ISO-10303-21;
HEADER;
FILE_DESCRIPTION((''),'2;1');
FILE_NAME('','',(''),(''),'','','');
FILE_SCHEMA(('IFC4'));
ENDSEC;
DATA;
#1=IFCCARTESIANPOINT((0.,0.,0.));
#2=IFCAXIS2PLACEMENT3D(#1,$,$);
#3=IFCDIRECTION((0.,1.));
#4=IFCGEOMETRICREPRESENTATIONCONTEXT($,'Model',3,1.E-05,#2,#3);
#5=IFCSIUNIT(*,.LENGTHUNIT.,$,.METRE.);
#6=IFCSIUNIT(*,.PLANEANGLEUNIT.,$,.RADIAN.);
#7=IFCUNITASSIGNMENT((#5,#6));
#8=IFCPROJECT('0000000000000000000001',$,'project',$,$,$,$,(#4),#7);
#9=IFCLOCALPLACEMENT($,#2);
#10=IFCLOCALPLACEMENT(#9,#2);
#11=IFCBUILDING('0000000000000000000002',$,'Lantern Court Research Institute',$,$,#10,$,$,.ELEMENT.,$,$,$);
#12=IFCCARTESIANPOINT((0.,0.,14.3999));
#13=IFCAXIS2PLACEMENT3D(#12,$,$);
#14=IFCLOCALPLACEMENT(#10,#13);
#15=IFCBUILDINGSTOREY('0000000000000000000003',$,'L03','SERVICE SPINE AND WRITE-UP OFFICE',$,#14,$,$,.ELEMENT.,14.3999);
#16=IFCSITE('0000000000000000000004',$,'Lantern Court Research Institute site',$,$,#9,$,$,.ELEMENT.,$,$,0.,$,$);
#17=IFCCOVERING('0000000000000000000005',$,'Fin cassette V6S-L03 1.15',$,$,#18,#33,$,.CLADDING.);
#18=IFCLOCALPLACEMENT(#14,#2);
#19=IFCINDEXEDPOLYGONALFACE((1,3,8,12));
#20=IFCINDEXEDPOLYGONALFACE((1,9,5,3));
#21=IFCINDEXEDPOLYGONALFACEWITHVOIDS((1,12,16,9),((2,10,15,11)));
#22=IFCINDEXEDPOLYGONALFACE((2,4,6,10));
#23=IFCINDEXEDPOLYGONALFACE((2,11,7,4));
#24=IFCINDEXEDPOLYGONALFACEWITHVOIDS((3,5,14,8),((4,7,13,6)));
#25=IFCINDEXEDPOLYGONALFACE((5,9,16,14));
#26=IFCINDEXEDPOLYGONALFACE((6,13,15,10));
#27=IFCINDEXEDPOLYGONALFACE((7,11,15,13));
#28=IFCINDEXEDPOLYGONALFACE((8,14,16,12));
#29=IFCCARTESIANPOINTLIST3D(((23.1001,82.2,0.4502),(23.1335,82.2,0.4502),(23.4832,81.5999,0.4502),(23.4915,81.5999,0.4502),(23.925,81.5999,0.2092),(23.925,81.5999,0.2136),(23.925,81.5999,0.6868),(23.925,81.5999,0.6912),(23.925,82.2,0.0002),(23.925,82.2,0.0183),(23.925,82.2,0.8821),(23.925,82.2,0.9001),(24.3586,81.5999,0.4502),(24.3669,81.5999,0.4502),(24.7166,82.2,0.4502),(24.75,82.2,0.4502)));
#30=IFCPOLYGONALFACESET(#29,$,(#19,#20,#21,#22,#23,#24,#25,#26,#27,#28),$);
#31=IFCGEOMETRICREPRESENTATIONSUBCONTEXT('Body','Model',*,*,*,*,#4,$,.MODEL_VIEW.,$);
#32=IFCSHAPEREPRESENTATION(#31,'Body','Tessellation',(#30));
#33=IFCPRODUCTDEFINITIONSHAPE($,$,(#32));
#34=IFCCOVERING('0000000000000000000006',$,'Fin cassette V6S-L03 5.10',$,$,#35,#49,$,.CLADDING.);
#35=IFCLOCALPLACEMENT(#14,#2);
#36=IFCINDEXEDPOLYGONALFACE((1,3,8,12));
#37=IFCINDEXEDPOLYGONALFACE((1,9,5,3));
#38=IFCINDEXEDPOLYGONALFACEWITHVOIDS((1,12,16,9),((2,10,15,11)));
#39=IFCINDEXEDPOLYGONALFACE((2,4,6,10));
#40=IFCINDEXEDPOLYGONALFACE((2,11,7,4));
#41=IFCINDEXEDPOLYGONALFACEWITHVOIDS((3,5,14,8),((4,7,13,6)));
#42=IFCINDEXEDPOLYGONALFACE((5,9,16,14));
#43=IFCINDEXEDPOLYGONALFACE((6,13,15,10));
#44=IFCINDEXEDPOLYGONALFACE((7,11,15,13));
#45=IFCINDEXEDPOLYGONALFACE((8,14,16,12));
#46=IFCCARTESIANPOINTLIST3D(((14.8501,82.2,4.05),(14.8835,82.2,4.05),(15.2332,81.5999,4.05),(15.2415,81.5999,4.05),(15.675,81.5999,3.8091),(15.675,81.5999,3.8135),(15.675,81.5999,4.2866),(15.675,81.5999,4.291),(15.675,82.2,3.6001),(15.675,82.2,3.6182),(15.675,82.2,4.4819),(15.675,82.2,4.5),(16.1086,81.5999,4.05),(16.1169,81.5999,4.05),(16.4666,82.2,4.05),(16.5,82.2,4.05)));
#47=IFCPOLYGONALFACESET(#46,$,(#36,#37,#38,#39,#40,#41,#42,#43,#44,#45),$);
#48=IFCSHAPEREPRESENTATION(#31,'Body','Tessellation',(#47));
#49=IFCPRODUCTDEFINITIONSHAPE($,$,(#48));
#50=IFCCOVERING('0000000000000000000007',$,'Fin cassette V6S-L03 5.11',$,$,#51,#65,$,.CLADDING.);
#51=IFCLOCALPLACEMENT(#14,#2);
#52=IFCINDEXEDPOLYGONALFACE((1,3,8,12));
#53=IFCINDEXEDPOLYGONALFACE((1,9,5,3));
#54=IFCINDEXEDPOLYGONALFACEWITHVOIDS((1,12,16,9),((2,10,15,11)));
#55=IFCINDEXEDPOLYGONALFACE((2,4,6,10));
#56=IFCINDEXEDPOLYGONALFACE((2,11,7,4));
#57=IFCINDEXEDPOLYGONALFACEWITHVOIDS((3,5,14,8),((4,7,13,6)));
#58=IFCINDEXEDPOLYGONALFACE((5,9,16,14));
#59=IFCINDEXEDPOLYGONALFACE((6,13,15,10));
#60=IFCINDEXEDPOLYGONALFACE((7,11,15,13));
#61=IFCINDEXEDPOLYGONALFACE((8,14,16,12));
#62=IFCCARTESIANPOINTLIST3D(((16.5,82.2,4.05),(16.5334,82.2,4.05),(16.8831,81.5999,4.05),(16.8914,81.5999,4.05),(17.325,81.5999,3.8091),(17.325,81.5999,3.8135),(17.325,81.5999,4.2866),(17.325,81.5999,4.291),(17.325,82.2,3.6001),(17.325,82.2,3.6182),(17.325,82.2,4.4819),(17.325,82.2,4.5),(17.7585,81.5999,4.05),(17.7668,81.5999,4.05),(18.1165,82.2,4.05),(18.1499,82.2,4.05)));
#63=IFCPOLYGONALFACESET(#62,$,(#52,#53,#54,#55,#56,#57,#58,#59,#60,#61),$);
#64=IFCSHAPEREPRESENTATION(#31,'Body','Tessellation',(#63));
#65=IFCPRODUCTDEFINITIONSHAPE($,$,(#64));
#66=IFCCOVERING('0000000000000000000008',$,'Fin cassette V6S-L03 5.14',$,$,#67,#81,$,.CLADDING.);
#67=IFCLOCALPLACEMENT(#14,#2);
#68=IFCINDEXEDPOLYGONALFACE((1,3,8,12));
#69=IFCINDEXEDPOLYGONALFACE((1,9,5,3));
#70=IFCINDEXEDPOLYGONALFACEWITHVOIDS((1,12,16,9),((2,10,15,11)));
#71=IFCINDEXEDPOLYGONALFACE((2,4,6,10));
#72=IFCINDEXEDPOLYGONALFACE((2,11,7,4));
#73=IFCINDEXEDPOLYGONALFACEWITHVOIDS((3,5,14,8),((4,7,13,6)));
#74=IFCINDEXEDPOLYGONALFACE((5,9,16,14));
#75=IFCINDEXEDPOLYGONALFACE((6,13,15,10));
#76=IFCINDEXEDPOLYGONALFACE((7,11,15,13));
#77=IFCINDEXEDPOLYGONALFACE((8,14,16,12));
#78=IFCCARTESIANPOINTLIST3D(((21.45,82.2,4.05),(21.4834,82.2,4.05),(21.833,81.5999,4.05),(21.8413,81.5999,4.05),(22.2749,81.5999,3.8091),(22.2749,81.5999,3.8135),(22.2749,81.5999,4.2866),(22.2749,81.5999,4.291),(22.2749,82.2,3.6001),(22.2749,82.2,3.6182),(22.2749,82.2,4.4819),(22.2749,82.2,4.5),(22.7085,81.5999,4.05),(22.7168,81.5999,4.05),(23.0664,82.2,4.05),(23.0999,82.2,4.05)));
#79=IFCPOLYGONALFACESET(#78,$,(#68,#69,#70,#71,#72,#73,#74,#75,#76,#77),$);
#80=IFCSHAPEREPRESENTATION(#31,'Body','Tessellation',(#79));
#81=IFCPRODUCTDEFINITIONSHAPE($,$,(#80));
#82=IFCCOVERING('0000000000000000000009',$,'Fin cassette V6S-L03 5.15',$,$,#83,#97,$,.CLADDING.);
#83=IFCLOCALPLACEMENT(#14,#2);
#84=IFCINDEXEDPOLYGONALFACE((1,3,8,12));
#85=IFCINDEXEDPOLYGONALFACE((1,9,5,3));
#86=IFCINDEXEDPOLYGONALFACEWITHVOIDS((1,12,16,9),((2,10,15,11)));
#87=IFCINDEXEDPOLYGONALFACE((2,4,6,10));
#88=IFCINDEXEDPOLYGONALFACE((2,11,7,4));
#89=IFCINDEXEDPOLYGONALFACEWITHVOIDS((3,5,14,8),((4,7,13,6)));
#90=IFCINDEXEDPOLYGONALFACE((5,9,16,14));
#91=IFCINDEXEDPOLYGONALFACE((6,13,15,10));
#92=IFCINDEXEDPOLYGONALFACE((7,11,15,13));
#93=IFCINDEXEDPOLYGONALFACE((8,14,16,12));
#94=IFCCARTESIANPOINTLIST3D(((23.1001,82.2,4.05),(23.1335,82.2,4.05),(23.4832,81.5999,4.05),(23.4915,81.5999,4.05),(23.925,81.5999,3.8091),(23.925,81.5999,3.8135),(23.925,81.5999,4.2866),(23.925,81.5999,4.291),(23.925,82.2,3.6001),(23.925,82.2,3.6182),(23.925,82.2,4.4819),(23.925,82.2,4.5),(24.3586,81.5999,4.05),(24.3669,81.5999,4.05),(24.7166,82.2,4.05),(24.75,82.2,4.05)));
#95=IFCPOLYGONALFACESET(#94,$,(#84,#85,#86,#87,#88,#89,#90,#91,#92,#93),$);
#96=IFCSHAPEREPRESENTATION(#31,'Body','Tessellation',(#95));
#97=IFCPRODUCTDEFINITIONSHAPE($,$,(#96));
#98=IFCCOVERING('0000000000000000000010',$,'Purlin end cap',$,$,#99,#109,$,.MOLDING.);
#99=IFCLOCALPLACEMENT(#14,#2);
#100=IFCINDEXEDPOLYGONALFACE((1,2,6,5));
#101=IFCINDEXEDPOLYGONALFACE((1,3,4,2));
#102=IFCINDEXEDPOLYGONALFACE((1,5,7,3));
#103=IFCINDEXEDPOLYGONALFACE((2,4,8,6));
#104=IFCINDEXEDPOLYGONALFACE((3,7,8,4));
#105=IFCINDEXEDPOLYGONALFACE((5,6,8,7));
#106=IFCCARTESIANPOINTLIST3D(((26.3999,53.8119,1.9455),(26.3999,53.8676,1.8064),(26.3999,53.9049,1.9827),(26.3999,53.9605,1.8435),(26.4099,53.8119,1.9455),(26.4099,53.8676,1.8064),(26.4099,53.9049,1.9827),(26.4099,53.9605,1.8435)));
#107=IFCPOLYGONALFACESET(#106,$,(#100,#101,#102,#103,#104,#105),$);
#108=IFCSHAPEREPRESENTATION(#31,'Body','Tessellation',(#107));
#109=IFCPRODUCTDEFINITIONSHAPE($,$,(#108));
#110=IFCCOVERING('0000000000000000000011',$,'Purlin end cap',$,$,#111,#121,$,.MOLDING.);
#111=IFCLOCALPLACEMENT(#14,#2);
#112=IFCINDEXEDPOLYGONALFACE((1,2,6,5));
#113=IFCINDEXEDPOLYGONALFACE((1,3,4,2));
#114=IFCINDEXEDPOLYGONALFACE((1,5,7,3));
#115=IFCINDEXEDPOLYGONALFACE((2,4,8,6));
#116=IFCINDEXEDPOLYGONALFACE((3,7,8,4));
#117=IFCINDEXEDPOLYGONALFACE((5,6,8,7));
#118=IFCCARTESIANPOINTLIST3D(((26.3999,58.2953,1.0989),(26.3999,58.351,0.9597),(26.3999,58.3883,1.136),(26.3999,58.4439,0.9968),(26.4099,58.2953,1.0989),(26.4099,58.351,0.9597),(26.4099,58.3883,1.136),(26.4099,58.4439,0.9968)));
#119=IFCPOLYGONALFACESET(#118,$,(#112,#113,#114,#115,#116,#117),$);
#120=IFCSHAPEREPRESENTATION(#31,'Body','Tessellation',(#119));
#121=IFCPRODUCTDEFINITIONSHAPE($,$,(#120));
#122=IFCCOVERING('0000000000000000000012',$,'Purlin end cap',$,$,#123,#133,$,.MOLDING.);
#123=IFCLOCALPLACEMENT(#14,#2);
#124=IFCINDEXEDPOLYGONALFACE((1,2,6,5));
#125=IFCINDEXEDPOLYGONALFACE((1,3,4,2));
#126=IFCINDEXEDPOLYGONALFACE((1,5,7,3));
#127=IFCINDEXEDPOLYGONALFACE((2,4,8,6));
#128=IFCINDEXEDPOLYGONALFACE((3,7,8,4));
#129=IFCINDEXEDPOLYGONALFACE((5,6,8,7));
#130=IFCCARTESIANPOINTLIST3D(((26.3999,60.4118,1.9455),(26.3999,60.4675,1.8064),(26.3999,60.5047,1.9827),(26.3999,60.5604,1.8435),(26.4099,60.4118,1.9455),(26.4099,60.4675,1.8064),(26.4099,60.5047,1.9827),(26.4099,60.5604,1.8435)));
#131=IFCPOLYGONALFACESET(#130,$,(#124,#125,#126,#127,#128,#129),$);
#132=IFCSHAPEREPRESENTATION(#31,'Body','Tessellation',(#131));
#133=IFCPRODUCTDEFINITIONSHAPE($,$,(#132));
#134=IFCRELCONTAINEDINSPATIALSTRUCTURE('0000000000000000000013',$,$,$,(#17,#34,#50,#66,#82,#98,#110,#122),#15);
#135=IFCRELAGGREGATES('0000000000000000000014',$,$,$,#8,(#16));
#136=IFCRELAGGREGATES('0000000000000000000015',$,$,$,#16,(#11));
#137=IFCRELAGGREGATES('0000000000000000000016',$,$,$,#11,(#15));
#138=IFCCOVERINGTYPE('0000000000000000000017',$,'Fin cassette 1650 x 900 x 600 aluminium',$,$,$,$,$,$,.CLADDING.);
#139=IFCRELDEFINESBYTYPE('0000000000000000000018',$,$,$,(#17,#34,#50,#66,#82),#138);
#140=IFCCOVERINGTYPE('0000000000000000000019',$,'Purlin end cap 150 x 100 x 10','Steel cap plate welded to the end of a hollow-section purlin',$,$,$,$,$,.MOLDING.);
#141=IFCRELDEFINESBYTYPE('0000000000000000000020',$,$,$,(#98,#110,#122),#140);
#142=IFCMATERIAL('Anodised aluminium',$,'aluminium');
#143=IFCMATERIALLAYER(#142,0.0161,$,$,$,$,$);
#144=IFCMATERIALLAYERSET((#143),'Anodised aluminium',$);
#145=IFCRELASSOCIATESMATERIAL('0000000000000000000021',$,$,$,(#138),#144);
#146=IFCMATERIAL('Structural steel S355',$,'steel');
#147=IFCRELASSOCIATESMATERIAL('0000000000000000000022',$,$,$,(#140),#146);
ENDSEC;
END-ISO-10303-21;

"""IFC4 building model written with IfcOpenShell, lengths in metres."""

from ifc_helpers import new_model, entity, si_unit, direction, frame, origin, place, context, subcontext, project, spatial, polyline, outline, extrude, material, layer, layer_set, material_profile, profile_set, type_object, element, save


model = new_model("IFC4")

# Units and contexts
model_context = context("Model", 3, precision=1e-05, world=origin(), true_north=direction((0.0, 1.0)))
body_context = subcontext(model_context, "Body", "Model", "MODEL_VIEW")
ifc_project = project(units=[si_unit("LENGTHUNIT", "METRE"), si_unit("PLANEANGLEUNIT", "RADIAN")], contexts=[model_context])

# Site, building, storey
site_placement = place(None, origin())
site = spatial("IfcSite", under=ifc_project, at=site_placement, Name="Lantern Court Research Institute site", CompositionType="ELEMENT", RefElevation=0.0)
building_placement = place(site_placement, origin())
building = spatial("IfcBuilding", under=site, at=building_placement, Name="Lantern Court Research Institute", CompositionType="ELEMENT")
storey_placement = place(building_placement, frame((0.0, 0.0, 14.3999)))
storey = spatial("IfcBuildingStorey", under=building, at=storey_placement, Name="L03", Description="SERVICE SPINE AND WRITE-UP OFFICE", CompositionType="ELEMENT", Elevation=14.3999)

# Coverings
ifc_material_1 = material(Name="Anodised aluminium", Category="aluminium")
ifc_layer_1 = layer(ifc_material_1, 0.0161)
ifc_layer_set_1 = layer_set([ifc_layer_1], Name="Anodised aluminium")
covering_type_1 = type_object("IfcCoveringType", Name="Fin cassette 1650 x 900 x 600 aluminium", PredefinedType="CLADDING", material=ifc_layer_set_1)
covering_1_placement = place(storey_placement, frame((23.925, 82.2, 0.4502), z_axis=(0.0, -1.0, 0.0), x_axis=(1.0, 0.0, 0.0)))
cartesian_point_1 = entity("IfcCartesianPoint", [0.825, 0.0])
cartesian_point_2 = entity("IfcCartesianPoint", [0.7915, 0.0])
cartesian_point_3 = entity("IfcCartesianPoint", [0.4419, 0.0])
cartesian_point_4 = entity("IfcCartesianPoint", [0.4336, 0.0])
element("IfcCovering", 1, at=covering_1_placement, inside=storey, type_object=covering_type_1, Name="Fin cassette V6S-L03 1.15", PredefinedType="CLADDING", context=body_context, shape_type="SweptSolid", body=[
    entity("IfcExtrudedAreaSolidTapered", entity("IfcArbitraryProfileDefWithVoids", "AREA", None, entity("IfcPolyline", [cartesian_point_1, entity("IfcCartesianPoint", [0.0, 0.45]), entity("IfcCartesianPoint", [-0.825, 0.0]), entity("IfcCartesianPoint", [0.0, -0.45]), cartesian_point_1]), [entity("IfcPolyline", [cartesian_point_2, entity("IfcCartesianPoint", [0.0, 0.4319]), entity("IfcCartesianPoint", [-0.7915, 0.0]), entity("IfcCartesianPoint", [0.0, -0.4319]), cartesian_point_2])]), entity("IfcAxis2Placement3D", entity("IfcCartesianPoint", [0.0, 0.0, 0.0])), entity("IfcDirection", [0.0, 0.0, 1.0]), 0.6001, entity("IfcArbitraryProfileDefWithVoids", "AREA", None, entity("IfcPolyline", [cartesian_point_3, entity("IfcCartesianPoint", [0.0, 0.241]), entity("IfcCartesianPoint", [-0.4419, 0.0]), entity("IfcCartesianPoint", [0.0, -0.241]), cartesian_point_3]), [entity("IfcPolyline", [cartesian_point_4, entity("IfcCartesianPoint", [0.0, 0.2366]), entity("IfcCartesianPoint", [-0.4336, 0.0]), entity("IfcCartesianPoint", [0.0, -0.2366]), cartesian_point_4])])),
])
covering_2_placement = place(storey_placement, frame((15.675, 82.2, 4.05), z_axis=(0.0, -1.0, 0.0), x_axis=(1.0, 0.0, 0.0)))
cartesian_point_5 = entity("IfcCartesianPoint", [0.825, 0.0])
cartesian_point_6 = entity("IfcCartesianPoint", [0.7915, 0.0])
cartesian_point_7 = entity("IfcCartesianPoint", [0.4419, 0.0])
cartesian_point_8 = entity("IfcCartesianPoint", [0.4336, 0.0])
element("IfcCovering", 2, at=covering_2_placement, inside=storey, type_object=covering_type_1, Name="Fin cassette V6S-L03 5.10", PredefinedType="CLADDING", context=body_context, shape_type="SweptSolid", body=[
    entity("IfcExtrudedAreaSolidTapered", entity("IfcArbitraryProfileDefWithVoids", "AREA", None, entity("IfcPolyline", [cartesian_point_5, entity("IfcCartesianPoint", [0.0, 0.45]), entity("IfcCartesianPoint", [-0.825, 0.0]), entity("IfcCartesianPoint", [0.0, -0.45]), cartesian_point_5]), [entity("IfcPolyline", [cartesian_point_6, entity("IfcCartesianPoint", [0.0, 0.4319]), entity("IfcCartesianPoint", [-0.7915, 0.0]), entity("IfcCartesianPoint", [0.0, -0.4319]), cartesian_point_6])]), entity("IfcAxis2Placement3D", entity("IfcCartesianPoint", [0.0, 0.0, 0.0])), entity("IfcDirection", [0.0, 0.0, 1.0]), 0.6001, entity("IfcArbitraryProfileDefWithVoids", "AREA", None, entity("IfcPolyline", [cartesian_point_7, entity("IfcCartesianPoint", [0.0, 0.241]), entity("IfcCartesianPoint", [-0.4419, 0.0]), entity("IfcCartesianPoint", [0.0, -0.241]), cartesian_point_7]), [entity("IfcPolyline", [cartesian_point_8, entity("IfcCartesianPoint", [0.0, 0.2366]), entity("IfcCartesianPoint", [-0.4336, 0.0]), entity("IfcCartesianPoint", [0.0, -0.2366]), cartesian_point_8])])),
])
covering_3_placement = place(storey_placement, frame((17.325, 82.2, 4.05), z_axis=(0.0, -1.0, 0.0), x_axis=(1.0, 0.0, 0.0)))
cartesian_point_9 = entity("IfcCartesianPoint", [0.825, 0.0])
cartesian_point_10 = entity("IfcCartesianPoint", [0.7915, 0.0])
cartesian_point_11 = entity("IfcCartesianPoint", [0.4419, 0.0])
cartesian_point_12 = entity("IfcCartesianPoint", [0.4336, 0.0])
element("IfcCovering", 3, at=covering_3_placement, inside=storey, type_object=covering_type_1, Name="Fin cassette V6S-L03 5.11", PredefinedType="CLADDING", context=body_context, shape_type="SweptSolid", body=[
    entity("IfcExtrudedAreaSolidTapered", entity("IfcArbitraryProfileDefWithVoids", "AREA", None, entity("IfcPolyline", [cartesian_point_9, entity("IfcCartesianPoint", [0.0, 0.45]), entity("IfcCartesianPoint", [-0.825, 0.0]), entity("IfcCartesianPoint", [0.0, -0.45]), cartesian_point_9]), [entity("IfcPolyline", [cartesian_point_10, entity("IfcCartesianPoint", [0.0, 0.4319]), entity("IfcCartesianPoint", [-0.7915, 0.0]), entity("IfcCartesianPoint", [0.0, -0.4319]), cartesian_point_10])]), entity("IfcAxis2Placement3D", entity("IfcCartesianPoint", [0.0, 0.0, 0.0])), entity("IfcDirection", [0.0, 0.0, 1.0]), 0.6001, entity("IfcArbitraryProfileDefWithVoids", "AREA", None, entity("IfcPolyline", [cartesian_point_11, entity("IfcCartesianPoint", [0.0, 0.241]), entity("IfcCartesianPoint", [-0.4419, 0.0]), entity("IfcCartesianPoint", [0.0, -0.241]), cartesian_point_11]), [entity("IfcPolyline", [cartesian_point_12, entity("IfcCartesianPoint", [0.0, 0.2366]), entity("IfcCartesianPoint", [-0.4336, 0.0]), entity("IfcCartesianPoint", [0.0, -0.2366]), cartesian_point_12])])),
])
covering_4_placement = place(storey_placement, frame((22.2749, 82.2, 4.05), z_axis=(0.0, -1.0, 0.0), x_axis=(1.0, 0.0, 0.0)))
cartesian_point_13 = entity("IfcCartesianPoint", [0.825, 0.0])
cartesian_point_14 = entity("IfcCartesianPoint", [0.7915, 0.0])
cartesian_point_15 = entity("IfcCartesianPoint", [0.4419, 0.0])
cartesian_point_16 = entity("IfcCartesianPoint", [0.4336, 0.0])
element("IfcCovering", 4, at=covering_4_placement, inside=storey, type_object=covering_type_1, Name="Fin cassette V6S-L03 5.14", PredefinedType="CLADDING", context=body_context, shape_type="SweptSolid", body=[
    entity("IfcExtrudedAreaSolidTapered", entity("IfcArbitraryProfileDefWithVoids", "AREA", None, entity("IfcPolyline", [cartesian_point_13, entity("IfcCartesianPoint", [0.0, 0.45]), entity("IfcCartesianPoint", [-0.825, 0.0]), entity("IfcCartesianPoint", [0.0, -0.45]), cartesian_point_13]), [entity("IfcPolyline", [cartesian_point_14, entity("IfcCartesianPoint", [0.0, 0.4319]), entity("IfcCartesianPoint", [-0.7915, 0.0]), entity("IfcCartesianPoint", [0.0, -0.4319]), cartesian_point_14])]), entity("IfcAxis2Placement3D", entity("IfcCartesianPoint", [0.0, 0.0, 0.0])), entity("IfcDirection", [0.0, 0.0, 1.0]), 0.6001, entity("IfcArbitraryProfileDefWithVoids", "AREA", None, entity("IfcPolyline", [cartesian_point_15, entity("IfcCartesianPoint", [0.0, 0.241]), entity("IfcCartesianPoint", [-0.4419, 0.0]), entity("IfcCartesianPoint", [0.0, -0.241]), cartesian_point_15]), [entity("IfcPolyline", [cartesian_point_16, entity("IfcCartesianPoint", [0.0, 0.2366]), entity("IfcCartesianPoint", [-0.4336, 0.0]), entity("IfcCartesianPoint", [0.0, -0.2366]), cartesian_point_16])])),
])
covering_5_placement = place(storey_placement, frame((23.925, 82.2, 4.05), z_axis=(0.0, -1.0, 0.0), x_axis=(1.0, 0.0, 0.0)))
cartesian_point_17 = entity("IfcCartesianPoint", [0.825, 0.0])
cartesian_point_18 = entity("IfcCartesianPoint", [0.7915, 0.0])
cartesian_point_19 = entity("IfcCartesianPoint", [0.4419, 0.0])
cartesian_point_20 = entity("IfcCartesianPoint", [0.4336, 0.0])
element("IfcCovering", 5, at=covering_5_placement, inside=storey, type_object=covering_type_1, Name="Fin cassette V6S-L03 5.15", PredefinedType="CLADDING", context=body_context, shape_type="SweptSolid", body=[
    entity("IfcExtrudedAreaSolidTapered", entity("IfcArbitraryProfileDefWithVoids", "AREA", None, entity("IfcPolyline", [cartesian_point_17, entity("IfcCartesianPoint", [0.0, 0.45]), entity("IfcCartesianPoint", [-0.825, 0.0]), entity("IfcCartesianPoint", [0.0, -0.45]), cartesian_point_17]), [entity("IfcPolyline", [cartesian_point_18, entity("IfcCartesianPoint", [0.0, 0.4319]), entity("IfcCartesianPoint", [-0.7915, 0.0]), entity("IfcCartesianPoint", [0.0, -0.4319]), cartesian_point_18])]), entity("IfcAxis2Placement3D", entity("IfcCartesianPoint", [0.0, 0.0, 0.0])), entity("IfcDirection", [0.0, 0.0, 1.0]), 0.6001, entity("IfcArbitraryProfileDefWithVoids", "AREA", None, entity("IfcPolyline", [cartesian_point_19, entity("IfcCartesianPoint", [0.0, 0.241]), entity("IfcCartesianPoint", [-0.4419, 0.0]), entity("IfcCartesianPoint", [0.0, -0.241]), cartesian_point_19]), [entity("IfcPolyline", [cartesian_point_20, entity("IfcCartesianPoint", [0.0, 0.2366]), entity("IfcCartesianPoint", [-0.4336, 0.0]), entity("IfcCartesianPoint", [0.0, -0.2366]), cartesian_point_20])])),
])
ifc_material_2 = material(Name="Structural steel S355", Category="steel")
ifc_material_profile_1 = material_profile(ifc_material_2, outline(polyline([(-0.05, -0.075), (0.05, -0.075), (0.05, 0.075), (-0.05, 0.075), (-0.05, -0.075)])), Name="Purlin end cap 150 x 100 x 10")
ifc_profile_set_1 = profile_set([ifc_material_profile_1], Name="Structural steel S355")
covering_type_2 = type_object("IfcCoveringType", Name="Purlin end cap 150 x 100 x 10", Description="Steel cap plate welded to the end of a hollow-section purlin", PredefinedType="MOLDING", material=ifc_profile_set_1)
for number, where, z_axis, x_axis, name in (
    (6, (26.3999, 53.8862, 1.8945), (1.0, 0.0, 0.0), (0.0, 0.928477, 0.371391), "Purlin end cap"),
    (7, (26.3999, 58.3696, 1.0479), (1.0, 0.0, 0.0), (0.0, 0.928477, 0.371391), "Purlin end cap"),
    (8, (26.3999, 60.4861, 1.8945), (1.0, 0.0, 0.0), (0.0, 0.928477, 0.371391), "Purlin end cap"),
):
    element("IfcCovering", number, at=place(storey_placement, frame(where, z_axis=z_axis, x_axis=x_axis)), inside=storey, type_object=covering_type_2, Name=name, PredefinedType="MOLDING", context=body_context, shape_type="SweptSolid", body=[
        extrude(outline(polyline([(-0.05, -0.075), (0.05, -0.075), (0.05, 0.075), (-0.05, 0.075), (-0.05, -0.075)])), origin(), (0.0, 0.0, 1.0), 0.01),
    ])

save(model, "model.ifc")
